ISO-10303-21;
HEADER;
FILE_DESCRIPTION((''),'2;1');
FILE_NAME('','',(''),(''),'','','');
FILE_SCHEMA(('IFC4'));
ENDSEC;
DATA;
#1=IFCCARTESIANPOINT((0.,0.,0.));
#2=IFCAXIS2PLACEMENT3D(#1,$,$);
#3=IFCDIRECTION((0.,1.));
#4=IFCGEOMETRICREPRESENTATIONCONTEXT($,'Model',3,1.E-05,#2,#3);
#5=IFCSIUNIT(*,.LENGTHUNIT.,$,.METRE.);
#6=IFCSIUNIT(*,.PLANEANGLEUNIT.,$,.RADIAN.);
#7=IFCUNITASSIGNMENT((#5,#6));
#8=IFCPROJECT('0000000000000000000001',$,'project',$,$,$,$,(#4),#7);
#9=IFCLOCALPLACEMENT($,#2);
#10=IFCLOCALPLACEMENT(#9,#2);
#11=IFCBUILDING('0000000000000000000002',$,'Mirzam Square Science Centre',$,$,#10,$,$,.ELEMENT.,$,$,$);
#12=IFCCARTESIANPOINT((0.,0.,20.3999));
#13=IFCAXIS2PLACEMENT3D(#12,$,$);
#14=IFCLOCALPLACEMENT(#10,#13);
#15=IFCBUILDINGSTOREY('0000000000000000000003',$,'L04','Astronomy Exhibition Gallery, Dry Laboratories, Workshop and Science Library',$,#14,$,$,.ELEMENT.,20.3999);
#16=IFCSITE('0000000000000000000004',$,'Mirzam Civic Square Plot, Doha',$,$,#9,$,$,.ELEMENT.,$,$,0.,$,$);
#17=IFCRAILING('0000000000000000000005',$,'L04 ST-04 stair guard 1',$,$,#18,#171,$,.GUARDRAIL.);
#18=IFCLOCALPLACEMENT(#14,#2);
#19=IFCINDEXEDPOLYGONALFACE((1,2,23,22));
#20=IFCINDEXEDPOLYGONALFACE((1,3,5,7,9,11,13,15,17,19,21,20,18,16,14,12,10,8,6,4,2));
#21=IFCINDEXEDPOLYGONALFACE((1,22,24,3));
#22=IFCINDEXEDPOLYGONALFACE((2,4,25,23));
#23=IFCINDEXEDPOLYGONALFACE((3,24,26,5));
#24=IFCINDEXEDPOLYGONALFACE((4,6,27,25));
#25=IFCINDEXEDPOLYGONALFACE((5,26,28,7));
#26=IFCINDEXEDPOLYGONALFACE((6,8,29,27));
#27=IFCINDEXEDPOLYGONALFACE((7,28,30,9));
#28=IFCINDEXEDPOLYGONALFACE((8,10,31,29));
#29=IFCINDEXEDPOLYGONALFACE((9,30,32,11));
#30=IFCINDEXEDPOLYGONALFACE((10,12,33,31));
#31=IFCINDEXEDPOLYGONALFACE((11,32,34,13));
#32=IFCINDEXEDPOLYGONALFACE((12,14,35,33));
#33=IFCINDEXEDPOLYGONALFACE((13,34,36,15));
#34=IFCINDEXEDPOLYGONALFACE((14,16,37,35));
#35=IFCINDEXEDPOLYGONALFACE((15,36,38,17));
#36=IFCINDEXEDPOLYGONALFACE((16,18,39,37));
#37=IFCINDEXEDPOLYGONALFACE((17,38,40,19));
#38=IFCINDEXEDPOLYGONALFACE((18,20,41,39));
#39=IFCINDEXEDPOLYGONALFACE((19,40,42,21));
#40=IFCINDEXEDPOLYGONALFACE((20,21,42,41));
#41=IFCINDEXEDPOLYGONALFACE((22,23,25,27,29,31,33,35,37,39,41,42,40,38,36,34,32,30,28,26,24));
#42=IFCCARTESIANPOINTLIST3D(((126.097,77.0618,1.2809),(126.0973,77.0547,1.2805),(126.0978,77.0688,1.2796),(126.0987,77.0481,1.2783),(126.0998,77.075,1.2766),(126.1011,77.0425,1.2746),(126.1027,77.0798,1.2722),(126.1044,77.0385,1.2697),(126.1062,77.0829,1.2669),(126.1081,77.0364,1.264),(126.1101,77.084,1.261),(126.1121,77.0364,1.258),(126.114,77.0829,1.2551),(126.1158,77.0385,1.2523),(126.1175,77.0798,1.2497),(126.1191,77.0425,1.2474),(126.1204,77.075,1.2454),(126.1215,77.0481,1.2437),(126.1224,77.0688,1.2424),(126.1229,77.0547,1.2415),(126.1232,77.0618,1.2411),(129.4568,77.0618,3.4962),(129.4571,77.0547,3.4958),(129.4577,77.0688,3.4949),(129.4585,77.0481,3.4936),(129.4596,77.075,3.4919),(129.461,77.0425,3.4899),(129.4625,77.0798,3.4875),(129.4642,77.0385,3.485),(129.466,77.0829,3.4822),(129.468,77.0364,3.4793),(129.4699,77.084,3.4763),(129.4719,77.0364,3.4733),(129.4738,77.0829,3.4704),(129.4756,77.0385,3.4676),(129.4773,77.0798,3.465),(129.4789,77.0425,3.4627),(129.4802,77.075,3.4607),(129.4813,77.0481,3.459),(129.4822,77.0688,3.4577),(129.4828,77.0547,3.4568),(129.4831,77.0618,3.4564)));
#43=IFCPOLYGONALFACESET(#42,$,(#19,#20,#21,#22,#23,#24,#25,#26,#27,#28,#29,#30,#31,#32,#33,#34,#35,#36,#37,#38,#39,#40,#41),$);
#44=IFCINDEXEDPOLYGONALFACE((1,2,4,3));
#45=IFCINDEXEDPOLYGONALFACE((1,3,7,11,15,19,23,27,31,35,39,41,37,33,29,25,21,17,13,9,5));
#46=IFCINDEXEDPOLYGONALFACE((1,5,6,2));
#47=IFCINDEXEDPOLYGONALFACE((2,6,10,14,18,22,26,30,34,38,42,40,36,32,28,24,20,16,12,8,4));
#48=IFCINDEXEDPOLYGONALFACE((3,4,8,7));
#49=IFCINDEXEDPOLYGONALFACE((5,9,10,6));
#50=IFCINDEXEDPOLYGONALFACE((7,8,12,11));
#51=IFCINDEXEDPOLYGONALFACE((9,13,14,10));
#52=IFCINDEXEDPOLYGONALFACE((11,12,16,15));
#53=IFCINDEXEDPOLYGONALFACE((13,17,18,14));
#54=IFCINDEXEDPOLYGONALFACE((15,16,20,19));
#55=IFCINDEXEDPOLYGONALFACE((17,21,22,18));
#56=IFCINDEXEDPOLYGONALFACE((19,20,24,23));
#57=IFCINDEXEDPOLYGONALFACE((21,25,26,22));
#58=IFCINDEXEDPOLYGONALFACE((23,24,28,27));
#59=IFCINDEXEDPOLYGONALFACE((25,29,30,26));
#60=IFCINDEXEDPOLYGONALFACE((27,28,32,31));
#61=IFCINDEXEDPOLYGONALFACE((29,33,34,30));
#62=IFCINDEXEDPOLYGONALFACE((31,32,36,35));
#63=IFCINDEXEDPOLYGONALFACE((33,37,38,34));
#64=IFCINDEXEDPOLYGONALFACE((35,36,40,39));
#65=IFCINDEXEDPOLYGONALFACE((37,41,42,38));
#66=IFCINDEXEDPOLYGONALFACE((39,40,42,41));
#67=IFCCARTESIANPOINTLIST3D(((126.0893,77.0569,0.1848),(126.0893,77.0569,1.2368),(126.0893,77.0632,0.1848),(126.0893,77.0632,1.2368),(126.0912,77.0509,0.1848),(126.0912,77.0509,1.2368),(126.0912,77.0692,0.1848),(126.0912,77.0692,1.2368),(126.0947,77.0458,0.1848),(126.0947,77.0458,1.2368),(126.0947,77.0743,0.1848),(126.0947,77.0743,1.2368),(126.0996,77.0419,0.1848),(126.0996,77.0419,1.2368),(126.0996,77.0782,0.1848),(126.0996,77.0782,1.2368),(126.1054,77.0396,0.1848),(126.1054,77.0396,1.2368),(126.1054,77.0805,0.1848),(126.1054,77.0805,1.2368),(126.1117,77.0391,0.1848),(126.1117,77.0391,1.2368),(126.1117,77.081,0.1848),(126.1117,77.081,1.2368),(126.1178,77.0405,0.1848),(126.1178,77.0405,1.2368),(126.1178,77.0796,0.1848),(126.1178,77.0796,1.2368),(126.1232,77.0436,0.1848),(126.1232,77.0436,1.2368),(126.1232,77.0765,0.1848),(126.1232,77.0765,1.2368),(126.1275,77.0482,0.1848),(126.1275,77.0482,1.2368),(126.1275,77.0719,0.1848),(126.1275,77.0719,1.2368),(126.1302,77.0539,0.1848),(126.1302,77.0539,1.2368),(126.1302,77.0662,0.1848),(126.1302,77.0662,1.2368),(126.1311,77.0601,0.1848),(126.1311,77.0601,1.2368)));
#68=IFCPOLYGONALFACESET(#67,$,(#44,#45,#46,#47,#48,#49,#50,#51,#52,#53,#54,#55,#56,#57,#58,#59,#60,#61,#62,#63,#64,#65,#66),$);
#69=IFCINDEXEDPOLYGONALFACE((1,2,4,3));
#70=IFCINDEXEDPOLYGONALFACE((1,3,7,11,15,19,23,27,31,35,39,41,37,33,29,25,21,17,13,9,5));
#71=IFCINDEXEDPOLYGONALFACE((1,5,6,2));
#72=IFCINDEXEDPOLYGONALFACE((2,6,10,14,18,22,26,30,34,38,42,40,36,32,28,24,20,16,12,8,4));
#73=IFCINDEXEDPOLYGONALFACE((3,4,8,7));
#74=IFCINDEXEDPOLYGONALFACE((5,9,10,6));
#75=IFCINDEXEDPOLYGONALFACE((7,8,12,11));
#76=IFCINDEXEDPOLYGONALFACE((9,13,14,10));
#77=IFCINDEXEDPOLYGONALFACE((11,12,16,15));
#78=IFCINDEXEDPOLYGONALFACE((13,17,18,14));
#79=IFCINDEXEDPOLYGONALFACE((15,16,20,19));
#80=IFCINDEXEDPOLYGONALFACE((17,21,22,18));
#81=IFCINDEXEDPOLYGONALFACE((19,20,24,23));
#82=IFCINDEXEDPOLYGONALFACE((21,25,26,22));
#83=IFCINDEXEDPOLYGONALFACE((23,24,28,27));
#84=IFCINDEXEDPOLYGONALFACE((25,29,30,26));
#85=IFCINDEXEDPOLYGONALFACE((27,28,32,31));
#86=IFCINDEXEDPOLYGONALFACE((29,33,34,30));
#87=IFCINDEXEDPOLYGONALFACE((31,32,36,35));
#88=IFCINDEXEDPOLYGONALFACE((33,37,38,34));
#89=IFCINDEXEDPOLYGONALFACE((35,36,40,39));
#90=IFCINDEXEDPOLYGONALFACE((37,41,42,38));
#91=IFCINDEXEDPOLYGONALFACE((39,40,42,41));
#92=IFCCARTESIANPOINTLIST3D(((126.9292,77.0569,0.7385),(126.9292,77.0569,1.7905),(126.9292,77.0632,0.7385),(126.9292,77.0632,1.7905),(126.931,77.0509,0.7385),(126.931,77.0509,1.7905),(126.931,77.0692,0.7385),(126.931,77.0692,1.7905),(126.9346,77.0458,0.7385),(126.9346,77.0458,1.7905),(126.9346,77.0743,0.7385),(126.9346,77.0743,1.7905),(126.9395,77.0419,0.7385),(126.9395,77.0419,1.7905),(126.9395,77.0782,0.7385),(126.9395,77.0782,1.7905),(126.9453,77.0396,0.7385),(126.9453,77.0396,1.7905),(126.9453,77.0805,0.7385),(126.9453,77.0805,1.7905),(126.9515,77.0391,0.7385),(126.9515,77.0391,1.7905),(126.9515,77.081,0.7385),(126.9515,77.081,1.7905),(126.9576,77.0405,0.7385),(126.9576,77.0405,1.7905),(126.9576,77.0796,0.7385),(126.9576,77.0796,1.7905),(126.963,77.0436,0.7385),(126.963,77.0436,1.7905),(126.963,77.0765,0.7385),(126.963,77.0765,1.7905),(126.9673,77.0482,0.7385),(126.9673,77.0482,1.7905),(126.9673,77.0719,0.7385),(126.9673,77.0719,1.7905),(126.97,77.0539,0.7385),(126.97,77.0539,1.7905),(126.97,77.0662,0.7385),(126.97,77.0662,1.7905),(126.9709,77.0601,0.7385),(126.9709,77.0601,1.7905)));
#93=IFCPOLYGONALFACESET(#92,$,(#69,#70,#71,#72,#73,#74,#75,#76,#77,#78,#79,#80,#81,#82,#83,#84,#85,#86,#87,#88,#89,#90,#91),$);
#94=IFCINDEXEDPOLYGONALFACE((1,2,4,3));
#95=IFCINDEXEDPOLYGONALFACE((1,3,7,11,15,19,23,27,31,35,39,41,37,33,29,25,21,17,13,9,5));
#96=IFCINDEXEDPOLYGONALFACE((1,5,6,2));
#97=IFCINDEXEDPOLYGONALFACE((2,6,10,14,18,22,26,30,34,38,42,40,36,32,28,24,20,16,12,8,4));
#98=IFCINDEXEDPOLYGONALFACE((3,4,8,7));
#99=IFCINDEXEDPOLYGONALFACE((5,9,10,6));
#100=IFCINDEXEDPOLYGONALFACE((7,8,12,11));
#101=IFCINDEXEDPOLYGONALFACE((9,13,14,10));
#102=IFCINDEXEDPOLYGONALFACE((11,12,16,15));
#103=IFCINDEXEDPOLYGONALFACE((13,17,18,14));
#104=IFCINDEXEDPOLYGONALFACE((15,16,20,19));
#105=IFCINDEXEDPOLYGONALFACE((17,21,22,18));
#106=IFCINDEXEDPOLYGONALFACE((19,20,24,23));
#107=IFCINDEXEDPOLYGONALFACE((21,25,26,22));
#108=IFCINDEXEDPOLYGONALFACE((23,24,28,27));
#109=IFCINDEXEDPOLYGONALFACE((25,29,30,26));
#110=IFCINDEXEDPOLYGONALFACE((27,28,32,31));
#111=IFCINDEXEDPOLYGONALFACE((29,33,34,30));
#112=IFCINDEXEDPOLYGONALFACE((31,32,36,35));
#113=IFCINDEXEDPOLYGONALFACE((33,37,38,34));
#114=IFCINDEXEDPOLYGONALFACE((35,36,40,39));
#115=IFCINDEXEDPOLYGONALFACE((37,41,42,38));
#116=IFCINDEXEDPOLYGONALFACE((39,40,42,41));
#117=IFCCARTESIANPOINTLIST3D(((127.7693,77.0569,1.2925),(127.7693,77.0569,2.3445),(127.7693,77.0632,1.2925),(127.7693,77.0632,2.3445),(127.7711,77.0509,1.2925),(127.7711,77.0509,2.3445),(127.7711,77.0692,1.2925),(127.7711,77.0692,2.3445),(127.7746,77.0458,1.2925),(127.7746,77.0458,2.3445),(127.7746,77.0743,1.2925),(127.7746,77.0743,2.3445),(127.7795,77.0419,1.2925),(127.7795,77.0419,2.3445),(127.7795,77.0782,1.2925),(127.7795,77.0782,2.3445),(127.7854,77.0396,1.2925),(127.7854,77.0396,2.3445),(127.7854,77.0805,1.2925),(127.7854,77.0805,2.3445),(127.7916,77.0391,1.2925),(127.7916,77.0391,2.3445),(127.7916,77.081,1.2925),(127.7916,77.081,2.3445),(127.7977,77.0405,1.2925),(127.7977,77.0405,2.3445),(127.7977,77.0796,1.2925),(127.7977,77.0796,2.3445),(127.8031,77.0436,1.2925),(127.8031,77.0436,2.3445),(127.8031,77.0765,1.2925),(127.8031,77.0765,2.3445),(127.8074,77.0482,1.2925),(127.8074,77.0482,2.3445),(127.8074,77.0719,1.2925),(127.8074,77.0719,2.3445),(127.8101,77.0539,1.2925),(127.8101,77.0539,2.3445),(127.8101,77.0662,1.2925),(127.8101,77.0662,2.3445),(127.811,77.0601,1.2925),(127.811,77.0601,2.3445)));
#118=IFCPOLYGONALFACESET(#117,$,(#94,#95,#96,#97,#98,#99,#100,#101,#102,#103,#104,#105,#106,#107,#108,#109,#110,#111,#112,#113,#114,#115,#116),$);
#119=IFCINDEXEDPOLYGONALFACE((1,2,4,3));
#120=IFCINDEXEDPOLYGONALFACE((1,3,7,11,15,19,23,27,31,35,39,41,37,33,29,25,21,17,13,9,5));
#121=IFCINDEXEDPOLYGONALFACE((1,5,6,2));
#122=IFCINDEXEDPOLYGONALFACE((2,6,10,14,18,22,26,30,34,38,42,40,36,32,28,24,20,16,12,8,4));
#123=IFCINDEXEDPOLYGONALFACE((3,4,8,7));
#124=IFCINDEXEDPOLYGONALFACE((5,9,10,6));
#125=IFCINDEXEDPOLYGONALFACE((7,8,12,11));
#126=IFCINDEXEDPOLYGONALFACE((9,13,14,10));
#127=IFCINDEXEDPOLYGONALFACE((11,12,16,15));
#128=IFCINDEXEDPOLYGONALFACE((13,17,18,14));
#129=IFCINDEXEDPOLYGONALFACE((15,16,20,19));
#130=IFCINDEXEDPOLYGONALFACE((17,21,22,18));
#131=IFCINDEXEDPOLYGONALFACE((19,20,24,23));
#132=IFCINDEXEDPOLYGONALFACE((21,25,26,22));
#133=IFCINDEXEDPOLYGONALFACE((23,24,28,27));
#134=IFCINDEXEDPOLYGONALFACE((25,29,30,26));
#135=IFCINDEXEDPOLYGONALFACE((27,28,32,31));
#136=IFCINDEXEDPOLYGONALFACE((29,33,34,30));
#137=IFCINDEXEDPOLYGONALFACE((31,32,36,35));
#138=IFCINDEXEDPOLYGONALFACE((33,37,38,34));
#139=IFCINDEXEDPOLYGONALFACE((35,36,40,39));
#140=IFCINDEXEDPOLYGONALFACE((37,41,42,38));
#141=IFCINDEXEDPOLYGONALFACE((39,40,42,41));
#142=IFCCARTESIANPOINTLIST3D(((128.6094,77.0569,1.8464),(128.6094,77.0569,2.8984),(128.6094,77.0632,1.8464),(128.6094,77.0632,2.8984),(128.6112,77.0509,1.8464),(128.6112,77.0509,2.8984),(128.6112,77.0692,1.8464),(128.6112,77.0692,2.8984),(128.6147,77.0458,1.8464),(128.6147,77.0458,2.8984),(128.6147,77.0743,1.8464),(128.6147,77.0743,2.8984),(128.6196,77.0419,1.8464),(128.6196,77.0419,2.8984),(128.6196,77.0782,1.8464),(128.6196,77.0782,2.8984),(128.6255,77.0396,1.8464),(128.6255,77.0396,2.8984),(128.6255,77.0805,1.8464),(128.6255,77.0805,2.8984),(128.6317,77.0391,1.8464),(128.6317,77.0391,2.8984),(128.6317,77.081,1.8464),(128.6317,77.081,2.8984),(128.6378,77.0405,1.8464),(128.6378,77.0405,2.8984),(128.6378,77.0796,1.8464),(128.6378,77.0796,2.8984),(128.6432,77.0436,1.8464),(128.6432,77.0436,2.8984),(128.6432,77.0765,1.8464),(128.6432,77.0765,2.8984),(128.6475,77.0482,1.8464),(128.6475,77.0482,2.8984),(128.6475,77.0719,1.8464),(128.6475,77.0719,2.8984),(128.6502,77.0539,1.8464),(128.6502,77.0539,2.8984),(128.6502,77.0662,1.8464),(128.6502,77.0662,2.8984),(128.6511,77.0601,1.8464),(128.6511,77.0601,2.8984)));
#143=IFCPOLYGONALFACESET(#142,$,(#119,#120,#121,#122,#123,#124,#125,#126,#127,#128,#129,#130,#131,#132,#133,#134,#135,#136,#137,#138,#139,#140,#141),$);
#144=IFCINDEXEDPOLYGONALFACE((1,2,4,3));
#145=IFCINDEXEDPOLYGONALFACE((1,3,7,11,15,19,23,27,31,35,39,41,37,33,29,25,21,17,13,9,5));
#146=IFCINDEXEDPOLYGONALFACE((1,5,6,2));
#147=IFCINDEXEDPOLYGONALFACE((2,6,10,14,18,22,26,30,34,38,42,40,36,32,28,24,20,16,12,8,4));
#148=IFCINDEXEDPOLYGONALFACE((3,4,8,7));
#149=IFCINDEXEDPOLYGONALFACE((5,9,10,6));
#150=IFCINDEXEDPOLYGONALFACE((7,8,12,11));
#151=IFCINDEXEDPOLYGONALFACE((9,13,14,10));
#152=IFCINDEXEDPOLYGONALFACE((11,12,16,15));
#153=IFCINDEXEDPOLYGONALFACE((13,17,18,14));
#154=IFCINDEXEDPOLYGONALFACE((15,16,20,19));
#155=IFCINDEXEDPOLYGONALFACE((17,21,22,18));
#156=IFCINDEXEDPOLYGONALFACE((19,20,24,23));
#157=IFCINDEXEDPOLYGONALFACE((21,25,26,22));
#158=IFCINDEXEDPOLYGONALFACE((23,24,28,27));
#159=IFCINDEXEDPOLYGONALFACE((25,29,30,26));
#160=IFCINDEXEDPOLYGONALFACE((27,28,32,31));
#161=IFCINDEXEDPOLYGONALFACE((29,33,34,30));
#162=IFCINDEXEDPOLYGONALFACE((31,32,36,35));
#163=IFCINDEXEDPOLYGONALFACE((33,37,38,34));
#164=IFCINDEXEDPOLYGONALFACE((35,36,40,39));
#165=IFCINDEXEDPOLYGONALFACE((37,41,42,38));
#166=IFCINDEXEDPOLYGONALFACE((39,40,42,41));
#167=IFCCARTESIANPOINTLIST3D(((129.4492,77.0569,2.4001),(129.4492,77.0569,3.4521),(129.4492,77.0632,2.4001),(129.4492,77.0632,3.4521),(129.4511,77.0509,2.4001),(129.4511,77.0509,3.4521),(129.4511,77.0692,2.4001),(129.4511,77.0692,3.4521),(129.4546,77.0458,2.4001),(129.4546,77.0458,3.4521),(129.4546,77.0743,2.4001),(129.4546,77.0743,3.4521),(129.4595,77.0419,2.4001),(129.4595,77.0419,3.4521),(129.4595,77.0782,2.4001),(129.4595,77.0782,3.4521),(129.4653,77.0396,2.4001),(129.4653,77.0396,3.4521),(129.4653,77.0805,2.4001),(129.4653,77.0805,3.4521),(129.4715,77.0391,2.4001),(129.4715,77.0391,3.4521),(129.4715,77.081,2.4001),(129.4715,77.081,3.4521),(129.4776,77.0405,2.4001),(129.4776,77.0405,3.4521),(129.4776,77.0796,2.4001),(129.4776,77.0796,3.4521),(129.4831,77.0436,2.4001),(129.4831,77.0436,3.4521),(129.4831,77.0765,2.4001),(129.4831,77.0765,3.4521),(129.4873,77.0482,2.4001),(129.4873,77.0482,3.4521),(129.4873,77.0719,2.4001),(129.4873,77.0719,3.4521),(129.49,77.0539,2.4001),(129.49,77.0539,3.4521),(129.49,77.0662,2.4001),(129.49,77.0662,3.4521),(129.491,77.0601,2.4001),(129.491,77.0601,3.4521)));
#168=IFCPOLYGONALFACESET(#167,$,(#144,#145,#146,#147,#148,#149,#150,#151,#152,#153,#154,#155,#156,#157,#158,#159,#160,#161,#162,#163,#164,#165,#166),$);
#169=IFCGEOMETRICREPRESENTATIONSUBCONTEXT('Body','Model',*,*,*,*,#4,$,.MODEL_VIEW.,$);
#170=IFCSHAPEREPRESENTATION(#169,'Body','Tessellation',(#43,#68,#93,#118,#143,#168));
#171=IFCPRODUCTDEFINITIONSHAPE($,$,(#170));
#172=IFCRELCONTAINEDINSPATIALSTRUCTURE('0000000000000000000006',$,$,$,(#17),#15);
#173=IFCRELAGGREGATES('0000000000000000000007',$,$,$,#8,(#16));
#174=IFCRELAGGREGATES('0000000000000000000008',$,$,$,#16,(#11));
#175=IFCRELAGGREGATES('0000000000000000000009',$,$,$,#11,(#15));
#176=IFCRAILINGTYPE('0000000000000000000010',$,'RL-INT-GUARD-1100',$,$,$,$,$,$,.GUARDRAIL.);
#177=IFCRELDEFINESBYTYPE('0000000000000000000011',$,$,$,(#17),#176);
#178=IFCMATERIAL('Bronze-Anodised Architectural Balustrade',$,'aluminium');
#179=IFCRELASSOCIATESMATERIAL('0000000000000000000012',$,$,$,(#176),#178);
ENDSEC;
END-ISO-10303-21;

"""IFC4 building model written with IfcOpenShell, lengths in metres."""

from ifc_helpers import new_model, si_unit, direction, frame, origin, origin_2d, place, context, subcontext, project, spatial, circle, extrude, material, type_object, element, save


model = new_model("IFC4")

# Units and contexts
model_context = context("Model", 3, precision=1e-05, world=origin(), true_north=direction((0.0, 1.0)))
body_context = subcontext(model_context, "Body", "Model", "MODEL_VIEW")
ifc_project = project(units=[si_unit("LENGTHUNIT", "METRE"), si_unit("PLANEANGLEUNIT", "RADIAN")], contexts=[model_context])

# Site, building, storey
site_placement = place(None, origin())
site = spatial("IfcSite", under=ifc_project, at=site_placement, Name="Mirzam Civic Square Plot, Doha", CompositionType="ELEMENT", RefElevation=0.0)
building_placement = place(site_placement, origin())
building = spatial("IfcBuilding", under=site, at=building_placement, Name="Mirzam Square Science Centre", CompositionType="ELEMENT")
storey_placement = place(building_placement, frame((0.0, 0.0, 20.3999)))
storey = spatial("IfcBuildingStorey", under=building, at=storey_placement, Name="L04", Description="Astronomy Exhibition Gallery, Dry Laboratories, Workshop and Science Library", CompositionType="ELEMENT", Elevation=20.3999)

# Railing
ifc_material_1 = material(Name="Bronze-Anodised Architectural Balustrade", Category="aluminium")
railing_type_1 = type_object("IfcRailingType", Name="RL-INT-GUARD-1100", PredefinedType="GUARDRAIL", material=ifc_material_1)
railing_1_placement = place(storey_placement, frame((126.1101, 77.0601, 0.1848)))
element("IfcRailing", 1, at=railing_1_placement, inside=storey, type_object=railing_type_1, Name="L04 ST-04 stair guard 1", PredefinedType="GUARDRAIL", context=body_context, shape_type="SweptSolid", body=[
    extrude(circle(Radius=0.0239, at=origin_2d()), frame((0.0, 0.0, 1.0762), z_axis=(0.834858, 0.0, 0.550465), x_axis=(0.0, 1.0, 0.0)), (0.0, 0.0, 1.0), 4.0244),
    extrude(circle(Radius=0.021, at=origin_2d()), origin(), (0.0, 0.0, 1.0), 1.052),
    extrude(circle(Radius=0.021, at=origin_2d()), frame((0.8398, 0.0, 0.5537)), (0.0, 0.0, 1.0), 1.052),
    extrude(circle(Radius=0.021, at=origin_2d()), frame((1.6799, 0.0, 1.1077)), (0.0, 0.0, 1.0), 1.052),
    extrude(circle(Radius=0.021, at=origin_2d()), frame((2.52, 0.0, 1.6616)), (0.0, 0.0, 1.0), 1.052),
    extrude(circle(Radius=0.021, at=origin_2d()), frame((3.3599, 0.0, 2.2153)), (0.0, 0.0, 1.0), 1.052),
])

save(model, "model.ifc")
